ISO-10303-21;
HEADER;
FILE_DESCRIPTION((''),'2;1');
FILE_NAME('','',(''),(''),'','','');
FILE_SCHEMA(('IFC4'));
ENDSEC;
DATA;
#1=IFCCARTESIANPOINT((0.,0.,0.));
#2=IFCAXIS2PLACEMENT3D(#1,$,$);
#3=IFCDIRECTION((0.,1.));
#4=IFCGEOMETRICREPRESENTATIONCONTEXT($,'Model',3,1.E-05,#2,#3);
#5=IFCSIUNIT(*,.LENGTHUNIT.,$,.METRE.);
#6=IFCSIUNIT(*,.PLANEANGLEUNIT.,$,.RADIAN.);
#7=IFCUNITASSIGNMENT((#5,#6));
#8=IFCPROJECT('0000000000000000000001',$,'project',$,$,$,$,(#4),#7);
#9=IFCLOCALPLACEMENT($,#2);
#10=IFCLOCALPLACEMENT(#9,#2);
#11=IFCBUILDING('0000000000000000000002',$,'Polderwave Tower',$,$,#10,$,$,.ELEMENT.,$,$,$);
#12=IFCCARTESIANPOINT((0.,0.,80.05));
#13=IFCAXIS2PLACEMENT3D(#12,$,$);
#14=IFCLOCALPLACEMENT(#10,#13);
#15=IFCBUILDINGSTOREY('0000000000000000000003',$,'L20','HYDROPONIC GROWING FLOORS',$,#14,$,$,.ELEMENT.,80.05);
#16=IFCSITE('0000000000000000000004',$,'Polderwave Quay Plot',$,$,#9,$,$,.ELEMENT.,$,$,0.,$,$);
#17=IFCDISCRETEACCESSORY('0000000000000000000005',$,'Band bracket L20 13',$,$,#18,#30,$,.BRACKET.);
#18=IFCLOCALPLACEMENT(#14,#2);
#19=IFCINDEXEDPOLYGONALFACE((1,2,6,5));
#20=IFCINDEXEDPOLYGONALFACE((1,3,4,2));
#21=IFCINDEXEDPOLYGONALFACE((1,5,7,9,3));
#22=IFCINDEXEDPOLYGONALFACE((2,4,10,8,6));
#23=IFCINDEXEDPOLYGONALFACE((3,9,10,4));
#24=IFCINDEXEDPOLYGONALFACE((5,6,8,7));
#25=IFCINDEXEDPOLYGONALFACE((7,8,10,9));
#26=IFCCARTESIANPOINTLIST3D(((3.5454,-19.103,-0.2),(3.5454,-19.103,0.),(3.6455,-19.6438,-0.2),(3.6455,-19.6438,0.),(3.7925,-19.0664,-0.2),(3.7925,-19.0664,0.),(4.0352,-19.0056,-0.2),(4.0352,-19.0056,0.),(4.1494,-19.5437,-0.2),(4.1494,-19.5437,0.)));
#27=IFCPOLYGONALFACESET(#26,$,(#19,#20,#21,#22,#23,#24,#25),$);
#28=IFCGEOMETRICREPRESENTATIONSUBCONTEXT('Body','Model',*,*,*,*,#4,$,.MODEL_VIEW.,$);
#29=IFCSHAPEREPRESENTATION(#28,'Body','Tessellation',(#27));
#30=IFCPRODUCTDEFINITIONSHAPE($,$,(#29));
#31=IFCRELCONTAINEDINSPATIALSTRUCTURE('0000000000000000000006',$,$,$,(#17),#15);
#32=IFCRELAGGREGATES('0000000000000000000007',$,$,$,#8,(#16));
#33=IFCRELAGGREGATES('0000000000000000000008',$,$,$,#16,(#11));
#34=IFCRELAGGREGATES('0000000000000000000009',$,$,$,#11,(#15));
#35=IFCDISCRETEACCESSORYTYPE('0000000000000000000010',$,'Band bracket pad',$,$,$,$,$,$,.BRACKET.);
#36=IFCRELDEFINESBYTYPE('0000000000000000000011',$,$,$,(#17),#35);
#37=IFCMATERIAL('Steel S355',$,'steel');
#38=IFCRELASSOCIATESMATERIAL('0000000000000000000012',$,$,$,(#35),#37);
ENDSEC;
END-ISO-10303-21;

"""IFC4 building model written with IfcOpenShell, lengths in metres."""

from ifc_helpers import new_model, si_unit, direction, frame, origin, place, context, subcontext, project, spatial, polyline, outline, extrude, material, type_object, element, save


model = new_model("IFC4")

# Units and contexts
model_context = context("Model", 3, precision=1e-05, world=origin(), true_north=direction((0.0, 1.0)))
body_context = subcontext(model_context, "Body", "Model", "MODEL_VIEW")
ifc_project = project(units=[si_unit("LENGTHUNIT", "METRE"), si_unit("PLANEANGLEUNIT", "RADIAN")], contexts=[model_context])

# Site, building, storey
site_placement = place(None, origin())
site = spatial("IfcSite", under=ifc_project, at=site_placement, Name="Polderwave Quay Plot", CompositionType="ELEMENT", RefElevation=0.0)
building_placement = place(site_placement, origin())
building = spatial("IfcBuilding", under=site, at=building_placement, Name="Polderwave Tower", CompositionType="ELEMENT")
storey_placement = place(building_placement, frame((0.0, 0.0, 80.05)))
storey = spatial("IfcBuildingStorey", under=building, at=storey_placement, Name="L20", Description="HYDROPONIC GROWING FLOORS", CompositionType="ELEMENT", Elevation=80.05)

# Discrete accessory
ifc_material_1 = material(Name="Steel S355", Category="steel")
discrete_accessory_type = type_object("IfcDiscreteAccessoryType", Name="Band bracket pad", PredefinedType="BRACKET", material=ifc_material_1)
discrete_accessory_placement = place(storey_placement, frame((0.0, 0.0, -0.2)))
element("IfcDiscreteAccessory", 1, at=discrete_accessory_placement, inside=storey, type_object=discrete_accessory_type, Name="Band bracket L20 13", PredefinedType="BRACKET", context=body_context, shape_type="SweptSolid", body=[
    extrude(outline(polyline([(3.5454, -19.103), (3.7925, -19.0664), (4.0352, -19.0056), (4.1494, -19.5437), (3.6455, -19.6438), (3.5454, -19.103)])), origin(), (0.0, 0.0, 1.0), 0.2),
])

save(model, "model.ifc")
